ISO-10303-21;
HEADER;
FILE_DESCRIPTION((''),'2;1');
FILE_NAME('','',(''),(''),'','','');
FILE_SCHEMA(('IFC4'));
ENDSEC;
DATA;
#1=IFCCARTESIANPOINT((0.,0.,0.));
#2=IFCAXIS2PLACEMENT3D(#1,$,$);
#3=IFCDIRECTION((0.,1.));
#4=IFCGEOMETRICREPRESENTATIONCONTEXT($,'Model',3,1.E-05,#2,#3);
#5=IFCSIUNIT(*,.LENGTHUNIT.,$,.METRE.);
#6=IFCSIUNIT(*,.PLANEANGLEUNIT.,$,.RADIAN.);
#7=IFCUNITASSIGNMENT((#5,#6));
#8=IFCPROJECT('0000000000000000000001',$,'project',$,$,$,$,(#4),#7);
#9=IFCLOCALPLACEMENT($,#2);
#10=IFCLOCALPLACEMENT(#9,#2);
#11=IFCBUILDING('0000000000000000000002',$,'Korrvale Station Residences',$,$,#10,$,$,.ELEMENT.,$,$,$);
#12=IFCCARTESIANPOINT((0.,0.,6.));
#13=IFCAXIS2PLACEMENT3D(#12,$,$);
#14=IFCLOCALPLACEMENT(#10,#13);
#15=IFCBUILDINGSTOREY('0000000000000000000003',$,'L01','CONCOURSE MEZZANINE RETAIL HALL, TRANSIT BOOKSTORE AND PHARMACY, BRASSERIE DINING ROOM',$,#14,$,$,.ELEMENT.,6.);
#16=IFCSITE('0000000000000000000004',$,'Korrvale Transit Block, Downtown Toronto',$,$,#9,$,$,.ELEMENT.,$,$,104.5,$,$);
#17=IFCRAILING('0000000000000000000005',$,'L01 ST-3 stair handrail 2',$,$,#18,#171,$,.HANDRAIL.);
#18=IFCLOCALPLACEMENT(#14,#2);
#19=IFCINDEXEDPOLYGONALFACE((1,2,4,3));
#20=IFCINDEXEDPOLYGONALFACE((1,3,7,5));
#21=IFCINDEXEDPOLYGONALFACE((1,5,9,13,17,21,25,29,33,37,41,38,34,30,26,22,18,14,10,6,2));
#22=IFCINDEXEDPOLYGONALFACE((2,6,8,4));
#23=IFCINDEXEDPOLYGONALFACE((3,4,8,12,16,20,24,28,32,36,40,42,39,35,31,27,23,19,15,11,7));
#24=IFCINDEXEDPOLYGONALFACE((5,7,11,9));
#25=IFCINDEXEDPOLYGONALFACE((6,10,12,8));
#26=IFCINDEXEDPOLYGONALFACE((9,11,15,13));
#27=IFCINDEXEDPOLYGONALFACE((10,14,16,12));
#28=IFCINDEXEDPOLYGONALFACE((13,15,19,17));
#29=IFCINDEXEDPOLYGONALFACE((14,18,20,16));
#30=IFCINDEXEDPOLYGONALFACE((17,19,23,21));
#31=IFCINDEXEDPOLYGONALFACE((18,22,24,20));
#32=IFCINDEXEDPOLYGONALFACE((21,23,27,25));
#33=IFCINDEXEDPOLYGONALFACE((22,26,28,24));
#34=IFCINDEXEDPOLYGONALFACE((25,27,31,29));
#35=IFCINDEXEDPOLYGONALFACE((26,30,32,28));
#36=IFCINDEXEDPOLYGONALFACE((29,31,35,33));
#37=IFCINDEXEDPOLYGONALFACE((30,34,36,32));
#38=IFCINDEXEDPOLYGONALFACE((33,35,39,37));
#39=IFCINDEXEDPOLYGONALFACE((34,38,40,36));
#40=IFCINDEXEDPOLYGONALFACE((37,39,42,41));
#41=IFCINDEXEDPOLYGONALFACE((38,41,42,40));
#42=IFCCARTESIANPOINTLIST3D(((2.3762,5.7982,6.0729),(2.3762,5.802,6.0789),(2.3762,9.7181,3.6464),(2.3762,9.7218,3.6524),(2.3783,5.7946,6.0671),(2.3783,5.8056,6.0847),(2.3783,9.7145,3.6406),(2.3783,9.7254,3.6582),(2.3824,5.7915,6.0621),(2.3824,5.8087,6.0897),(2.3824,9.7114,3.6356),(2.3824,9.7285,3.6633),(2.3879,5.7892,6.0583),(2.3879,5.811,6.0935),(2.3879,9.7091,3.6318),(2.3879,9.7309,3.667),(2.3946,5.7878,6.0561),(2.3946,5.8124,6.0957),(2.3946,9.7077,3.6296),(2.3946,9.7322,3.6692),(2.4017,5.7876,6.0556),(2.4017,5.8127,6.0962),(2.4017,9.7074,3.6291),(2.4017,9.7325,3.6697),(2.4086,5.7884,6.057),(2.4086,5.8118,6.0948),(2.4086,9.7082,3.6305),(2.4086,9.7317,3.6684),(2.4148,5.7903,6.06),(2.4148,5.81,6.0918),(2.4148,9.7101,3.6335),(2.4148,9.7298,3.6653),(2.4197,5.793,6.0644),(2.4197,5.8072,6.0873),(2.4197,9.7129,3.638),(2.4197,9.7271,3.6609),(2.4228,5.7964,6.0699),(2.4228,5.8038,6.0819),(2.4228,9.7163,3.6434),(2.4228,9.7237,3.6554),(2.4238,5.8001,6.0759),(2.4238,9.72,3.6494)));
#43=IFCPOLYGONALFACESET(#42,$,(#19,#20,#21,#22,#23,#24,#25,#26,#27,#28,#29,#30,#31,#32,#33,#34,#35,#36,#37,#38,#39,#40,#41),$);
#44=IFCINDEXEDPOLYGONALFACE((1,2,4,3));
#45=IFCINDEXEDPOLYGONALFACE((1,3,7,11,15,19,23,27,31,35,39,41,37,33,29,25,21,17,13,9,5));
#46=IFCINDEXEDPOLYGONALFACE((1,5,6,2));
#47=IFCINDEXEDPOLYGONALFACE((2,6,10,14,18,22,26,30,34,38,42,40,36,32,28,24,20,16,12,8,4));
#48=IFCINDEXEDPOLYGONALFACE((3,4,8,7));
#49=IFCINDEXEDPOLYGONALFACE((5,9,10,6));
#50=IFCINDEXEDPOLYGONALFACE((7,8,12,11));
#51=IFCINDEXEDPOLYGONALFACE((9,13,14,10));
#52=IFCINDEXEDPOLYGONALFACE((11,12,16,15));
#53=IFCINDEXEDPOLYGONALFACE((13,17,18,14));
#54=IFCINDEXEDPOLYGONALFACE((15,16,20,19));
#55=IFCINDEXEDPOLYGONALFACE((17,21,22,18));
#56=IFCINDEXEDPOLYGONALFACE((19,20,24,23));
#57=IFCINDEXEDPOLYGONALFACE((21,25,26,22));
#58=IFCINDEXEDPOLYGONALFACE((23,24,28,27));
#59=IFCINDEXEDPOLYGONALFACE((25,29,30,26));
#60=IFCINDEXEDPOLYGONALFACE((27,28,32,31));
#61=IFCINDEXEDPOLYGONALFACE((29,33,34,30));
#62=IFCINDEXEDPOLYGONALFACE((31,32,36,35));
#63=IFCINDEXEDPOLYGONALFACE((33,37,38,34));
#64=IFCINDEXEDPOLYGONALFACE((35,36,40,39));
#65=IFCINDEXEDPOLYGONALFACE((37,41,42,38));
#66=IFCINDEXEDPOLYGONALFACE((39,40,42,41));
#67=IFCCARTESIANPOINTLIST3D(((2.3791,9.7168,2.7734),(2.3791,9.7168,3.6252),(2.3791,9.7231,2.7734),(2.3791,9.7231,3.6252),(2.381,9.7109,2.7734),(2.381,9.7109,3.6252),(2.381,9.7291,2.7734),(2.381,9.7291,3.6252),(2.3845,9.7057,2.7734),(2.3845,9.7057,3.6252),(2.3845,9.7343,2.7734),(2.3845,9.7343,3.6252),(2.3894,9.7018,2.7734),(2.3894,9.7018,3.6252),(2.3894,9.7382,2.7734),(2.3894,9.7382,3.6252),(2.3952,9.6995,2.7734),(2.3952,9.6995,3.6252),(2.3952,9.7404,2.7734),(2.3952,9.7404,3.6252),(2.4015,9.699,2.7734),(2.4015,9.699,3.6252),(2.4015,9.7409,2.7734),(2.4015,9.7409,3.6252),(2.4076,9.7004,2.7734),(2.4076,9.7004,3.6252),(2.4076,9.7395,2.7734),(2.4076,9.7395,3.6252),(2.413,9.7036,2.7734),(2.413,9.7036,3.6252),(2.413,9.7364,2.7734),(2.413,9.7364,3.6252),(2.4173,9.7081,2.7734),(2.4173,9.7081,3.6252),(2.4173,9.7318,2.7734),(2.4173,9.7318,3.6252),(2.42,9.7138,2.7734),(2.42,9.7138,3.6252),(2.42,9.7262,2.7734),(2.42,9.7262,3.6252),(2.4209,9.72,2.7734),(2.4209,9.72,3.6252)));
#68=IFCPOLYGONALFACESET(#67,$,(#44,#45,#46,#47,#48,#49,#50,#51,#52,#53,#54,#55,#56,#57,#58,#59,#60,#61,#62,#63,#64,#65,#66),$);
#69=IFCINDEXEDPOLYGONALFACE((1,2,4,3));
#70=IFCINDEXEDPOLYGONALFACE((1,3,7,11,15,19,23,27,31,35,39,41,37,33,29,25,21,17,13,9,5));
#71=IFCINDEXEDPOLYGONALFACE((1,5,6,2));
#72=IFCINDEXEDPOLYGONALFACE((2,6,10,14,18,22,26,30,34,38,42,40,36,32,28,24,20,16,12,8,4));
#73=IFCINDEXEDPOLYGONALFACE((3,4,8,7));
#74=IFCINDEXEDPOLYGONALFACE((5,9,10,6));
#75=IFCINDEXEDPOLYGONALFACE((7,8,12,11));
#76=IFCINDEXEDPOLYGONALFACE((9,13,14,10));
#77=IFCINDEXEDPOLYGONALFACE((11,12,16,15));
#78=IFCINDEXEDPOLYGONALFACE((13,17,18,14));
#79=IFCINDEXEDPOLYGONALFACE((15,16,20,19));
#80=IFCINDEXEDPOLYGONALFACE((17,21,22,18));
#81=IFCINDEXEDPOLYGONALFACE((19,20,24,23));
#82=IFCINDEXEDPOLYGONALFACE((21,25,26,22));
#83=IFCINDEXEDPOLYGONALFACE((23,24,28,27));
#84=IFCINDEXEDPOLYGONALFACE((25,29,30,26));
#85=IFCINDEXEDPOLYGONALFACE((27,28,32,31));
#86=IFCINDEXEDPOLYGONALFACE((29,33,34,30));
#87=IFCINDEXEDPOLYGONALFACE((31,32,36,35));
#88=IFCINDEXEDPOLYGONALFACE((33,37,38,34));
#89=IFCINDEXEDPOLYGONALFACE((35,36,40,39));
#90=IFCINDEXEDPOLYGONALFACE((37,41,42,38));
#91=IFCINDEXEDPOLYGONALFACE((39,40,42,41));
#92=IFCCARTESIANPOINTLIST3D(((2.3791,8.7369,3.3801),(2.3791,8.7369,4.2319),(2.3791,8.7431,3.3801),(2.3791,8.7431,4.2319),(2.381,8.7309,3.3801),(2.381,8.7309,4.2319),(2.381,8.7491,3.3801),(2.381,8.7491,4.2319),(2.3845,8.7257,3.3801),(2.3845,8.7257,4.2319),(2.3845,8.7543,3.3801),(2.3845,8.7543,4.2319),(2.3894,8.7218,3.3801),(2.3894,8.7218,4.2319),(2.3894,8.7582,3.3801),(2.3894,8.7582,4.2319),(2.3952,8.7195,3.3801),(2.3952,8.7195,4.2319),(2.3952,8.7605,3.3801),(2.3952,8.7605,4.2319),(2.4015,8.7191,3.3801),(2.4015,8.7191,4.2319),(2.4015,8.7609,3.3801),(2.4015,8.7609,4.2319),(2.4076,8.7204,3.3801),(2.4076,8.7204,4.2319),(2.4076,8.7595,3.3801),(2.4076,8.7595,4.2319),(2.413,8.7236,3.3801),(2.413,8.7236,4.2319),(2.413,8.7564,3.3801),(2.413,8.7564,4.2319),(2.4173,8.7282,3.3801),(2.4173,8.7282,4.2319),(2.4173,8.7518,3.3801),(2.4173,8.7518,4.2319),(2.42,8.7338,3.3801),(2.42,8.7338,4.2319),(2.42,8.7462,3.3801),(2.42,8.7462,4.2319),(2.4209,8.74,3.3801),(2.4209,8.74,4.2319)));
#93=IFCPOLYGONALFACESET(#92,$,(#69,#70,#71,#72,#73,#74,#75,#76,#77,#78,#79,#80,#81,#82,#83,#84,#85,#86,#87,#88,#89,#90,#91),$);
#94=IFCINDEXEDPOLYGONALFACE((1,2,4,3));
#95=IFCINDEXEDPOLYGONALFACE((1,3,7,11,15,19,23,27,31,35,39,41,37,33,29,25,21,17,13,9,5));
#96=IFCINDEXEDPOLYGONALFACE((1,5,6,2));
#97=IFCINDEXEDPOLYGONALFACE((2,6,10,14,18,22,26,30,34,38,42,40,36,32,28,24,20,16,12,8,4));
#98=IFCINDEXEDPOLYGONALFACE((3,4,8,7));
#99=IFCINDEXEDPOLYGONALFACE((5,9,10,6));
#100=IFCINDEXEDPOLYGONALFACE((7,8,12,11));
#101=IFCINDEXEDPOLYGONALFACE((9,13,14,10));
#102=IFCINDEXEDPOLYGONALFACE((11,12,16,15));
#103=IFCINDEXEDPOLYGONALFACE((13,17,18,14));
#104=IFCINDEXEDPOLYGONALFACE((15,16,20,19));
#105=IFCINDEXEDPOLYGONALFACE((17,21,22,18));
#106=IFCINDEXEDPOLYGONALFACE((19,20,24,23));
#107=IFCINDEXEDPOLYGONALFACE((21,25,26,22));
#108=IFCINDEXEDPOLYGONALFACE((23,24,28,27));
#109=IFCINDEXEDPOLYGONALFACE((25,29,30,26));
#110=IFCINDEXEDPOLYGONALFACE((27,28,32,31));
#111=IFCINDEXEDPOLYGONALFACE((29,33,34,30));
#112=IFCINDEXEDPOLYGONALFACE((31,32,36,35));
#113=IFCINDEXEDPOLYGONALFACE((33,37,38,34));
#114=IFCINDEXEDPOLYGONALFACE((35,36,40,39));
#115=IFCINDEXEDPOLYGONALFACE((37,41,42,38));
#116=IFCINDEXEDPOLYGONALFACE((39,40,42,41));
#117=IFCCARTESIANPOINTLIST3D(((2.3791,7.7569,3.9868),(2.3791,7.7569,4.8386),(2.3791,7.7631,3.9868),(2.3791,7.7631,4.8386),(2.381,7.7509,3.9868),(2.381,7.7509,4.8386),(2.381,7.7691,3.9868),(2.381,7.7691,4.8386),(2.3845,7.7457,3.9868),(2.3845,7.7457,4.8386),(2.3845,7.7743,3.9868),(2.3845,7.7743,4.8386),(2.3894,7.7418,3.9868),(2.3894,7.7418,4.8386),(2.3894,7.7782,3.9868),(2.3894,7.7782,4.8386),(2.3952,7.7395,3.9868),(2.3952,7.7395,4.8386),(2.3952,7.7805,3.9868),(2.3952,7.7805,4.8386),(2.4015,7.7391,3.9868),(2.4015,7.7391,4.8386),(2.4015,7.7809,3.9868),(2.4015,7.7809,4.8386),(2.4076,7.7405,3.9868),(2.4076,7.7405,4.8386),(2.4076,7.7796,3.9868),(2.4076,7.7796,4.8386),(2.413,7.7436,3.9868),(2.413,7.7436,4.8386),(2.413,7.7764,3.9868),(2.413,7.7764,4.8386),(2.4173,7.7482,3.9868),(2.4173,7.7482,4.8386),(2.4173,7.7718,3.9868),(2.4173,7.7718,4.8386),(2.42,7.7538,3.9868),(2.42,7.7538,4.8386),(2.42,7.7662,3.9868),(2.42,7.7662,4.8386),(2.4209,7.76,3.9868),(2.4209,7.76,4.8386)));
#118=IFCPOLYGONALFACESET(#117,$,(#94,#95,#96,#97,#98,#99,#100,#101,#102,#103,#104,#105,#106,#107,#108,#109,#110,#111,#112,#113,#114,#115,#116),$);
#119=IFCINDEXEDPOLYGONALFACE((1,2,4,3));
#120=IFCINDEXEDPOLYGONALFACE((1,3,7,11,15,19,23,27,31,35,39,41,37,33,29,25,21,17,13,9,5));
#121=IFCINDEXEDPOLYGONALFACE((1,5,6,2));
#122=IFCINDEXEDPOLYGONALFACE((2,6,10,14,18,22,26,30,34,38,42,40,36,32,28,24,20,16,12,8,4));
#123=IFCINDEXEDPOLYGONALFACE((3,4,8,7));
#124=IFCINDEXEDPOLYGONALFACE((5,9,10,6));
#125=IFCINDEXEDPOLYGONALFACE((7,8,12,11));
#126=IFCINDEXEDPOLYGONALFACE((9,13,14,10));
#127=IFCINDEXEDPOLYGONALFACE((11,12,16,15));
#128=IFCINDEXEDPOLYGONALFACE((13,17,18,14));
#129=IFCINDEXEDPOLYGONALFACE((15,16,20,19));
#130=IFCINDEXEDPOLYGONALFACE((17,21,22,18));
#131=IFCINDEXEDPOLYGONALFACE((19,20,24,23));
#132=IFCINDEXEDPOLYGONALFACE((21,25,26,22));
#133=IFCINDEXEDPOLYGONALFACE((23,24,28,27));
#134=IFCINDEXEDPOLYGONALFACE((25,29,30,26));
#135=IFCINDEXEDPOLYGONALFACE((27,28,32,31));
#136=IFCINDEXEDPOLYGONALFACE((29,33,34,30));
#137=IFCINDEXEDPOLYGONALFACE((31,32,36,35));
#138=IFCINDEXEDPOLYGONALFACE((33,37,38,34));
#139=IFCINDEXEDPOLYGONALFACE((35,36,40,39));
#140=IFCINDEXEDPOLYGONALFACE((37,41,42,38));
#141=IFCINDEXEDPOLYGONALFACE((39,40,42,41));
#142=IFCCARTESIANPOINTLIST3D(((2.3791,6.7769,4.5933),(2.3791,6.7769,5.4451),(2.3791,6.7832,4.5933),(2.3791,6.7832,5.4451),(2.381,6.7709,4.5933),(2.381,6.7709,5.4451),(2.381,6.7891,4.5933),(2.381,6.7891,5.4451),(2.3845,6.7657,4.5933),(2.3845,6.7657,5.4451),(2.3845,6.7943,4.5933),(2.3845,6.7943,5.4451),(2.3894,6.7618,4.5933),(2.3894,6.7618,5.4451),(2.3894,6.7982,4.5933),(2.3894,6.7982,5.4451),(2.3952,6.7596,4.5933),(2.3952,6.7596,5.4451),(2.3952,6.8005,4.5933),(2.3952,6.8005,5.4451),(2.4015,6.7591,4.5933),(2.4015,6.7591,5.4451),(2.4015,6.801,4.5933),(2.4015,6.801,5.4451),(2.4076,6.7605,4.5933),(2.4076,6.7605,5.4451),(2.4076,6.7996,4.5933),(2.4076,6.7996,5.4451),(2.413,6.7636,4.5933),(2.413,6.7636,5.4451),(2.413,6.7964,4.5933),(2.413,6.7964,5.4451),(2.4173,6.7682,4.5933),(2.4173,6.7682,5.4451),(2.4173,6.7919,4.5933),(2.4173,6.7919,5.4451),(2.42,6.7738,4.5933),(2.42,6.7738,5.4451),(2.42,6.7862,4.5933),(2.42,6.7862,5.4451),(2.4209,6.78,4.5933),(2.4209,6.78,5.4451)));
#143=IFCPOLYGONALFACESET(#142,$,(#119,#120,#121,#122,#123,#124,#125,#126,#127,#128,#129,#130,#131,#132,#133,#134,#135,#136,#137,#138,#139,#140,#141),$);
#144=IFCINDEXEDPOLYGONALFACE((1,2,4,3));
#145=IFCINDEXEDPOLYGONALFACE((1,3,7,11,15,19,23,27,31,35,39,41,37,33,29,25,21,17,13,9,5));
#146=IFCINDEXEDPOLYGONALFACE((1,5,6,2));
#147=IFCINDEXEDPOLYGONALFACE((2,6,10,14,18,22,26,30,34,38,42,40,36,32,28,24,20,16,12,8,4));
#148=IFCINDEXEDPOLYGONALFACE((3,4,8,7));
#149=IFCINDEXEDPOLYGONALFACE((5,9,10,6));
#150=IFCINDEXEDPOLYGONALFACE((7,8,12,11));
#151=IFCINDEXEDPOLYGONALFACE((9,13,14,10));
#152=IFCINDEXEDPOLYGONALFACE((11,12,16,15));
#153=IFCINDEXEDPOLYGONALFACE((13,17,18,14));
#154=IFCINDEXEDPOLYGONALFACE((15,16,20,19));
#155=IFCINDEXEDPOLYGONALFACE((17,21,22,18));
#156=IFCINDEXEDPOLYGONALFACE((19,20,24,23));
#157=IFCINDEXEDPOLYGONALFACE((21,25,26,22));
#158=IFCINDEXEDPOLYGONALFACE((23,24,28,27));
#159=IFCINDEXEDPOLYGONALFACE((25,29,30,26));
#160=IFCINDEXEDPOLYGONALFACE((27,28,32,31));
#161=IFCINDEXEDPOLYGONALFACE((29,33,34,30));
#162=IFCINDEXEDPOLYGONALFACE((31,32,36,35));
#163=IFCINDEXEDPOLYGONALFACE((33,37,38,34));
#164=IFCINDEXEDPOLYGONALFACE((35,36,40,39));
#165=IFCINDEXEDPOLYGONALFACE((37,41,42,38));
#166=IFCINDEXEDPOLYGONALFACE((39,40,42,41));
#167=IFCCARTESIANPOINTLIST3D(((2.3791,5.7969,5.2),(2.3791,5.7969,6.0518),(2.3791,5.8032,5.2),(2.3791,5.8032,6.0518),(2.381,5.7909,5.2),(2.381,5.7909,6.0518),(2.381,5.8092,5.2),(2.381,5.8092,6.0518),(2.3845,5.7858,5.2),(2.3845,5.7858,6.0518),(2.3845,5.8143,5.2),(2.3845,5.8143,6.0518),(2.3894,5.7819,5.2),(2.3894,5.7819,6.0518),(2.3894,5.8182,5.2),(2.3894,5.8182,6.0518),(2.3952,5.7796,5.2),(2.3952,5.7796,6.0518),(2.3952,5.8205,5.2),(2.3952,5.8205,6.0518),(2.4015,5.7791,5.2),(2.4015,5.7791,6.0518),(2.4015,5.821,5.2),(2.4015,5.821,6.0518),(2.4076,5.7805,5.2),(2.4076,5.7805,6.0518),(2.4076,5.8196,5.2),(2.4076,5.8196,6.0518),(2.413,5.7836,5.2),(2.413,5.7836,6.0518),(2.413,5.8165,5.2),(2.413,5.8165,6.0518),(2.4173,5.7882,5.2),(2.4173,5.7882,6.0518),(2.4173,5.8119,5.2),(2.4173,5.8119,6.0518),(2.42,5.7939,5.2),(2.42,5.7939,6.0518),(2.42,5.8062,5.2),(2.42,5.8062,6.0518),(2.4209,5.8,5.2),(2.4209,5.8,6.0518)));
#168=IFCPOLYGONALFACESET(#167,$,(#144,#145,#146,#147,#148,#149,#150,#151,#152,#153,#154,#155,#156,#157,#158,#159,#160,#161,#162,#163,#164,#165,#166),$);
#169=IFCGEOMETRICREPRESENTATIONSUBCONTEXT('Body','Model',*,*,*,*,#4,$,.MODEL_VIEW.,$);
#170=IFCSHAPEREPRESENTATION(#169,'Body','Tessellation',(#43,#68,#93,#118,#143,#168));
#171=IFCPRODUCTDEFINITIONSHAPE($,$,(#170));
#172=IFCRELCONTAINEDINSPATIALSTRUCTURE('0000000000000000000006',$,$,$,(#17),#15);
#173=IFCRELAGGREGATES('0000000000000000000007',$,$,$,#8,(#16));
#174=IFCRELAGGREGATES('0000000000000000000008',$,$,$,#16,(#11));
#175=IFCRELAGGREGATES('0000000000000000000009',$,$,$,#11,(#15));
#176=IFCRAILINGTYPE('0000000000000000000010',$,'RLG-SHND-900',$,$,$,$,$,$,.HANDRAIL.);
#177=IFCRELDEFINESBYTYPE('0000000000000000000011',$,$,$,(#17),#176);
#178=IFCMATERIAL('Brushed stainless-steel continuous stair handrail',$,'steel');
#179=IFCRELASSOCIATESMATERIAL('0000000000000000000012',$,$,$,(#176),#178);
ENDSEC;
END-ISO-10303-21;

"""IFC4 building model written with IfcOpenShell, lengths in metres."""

from ifc_helpers import new_model, si_unit, direction, frame, origin, origin_2d, place, context, subcontext, project, spatial, circle, extrude, material, type_object, element, save


model = new_model("IFC4")

# Units and contexts
model_context = context("Model", 3, precision=1e-05, world=origin(), true_north=direction((0.0, 1.0)))
body_context = subcontext(model_context, "Body", "Model", "MODEL_VIEW")
ifc_project = project(units=[si_unit("LENGTHUNIT", "METRE"), si_unit("PLANEANGLEUNIT", "RADIAN")], contexts=[model_context])

# Site, building, storey
site_placement = place(None, origin())
site = spatial("IfcSite", under=ifc_project, at=site_placement, Name="Korrvale Transit Block, Downtown Toronto", CompositionType="ELEMENT", RefElevation=104.5)
building_placement = place(site_placement, origin())
building = spatial("IfcBuilding", under=site, at=building_placement, Name="Korrvale Station Residences", CompositionType="ELEMENT")
storey_placement = place(building_placement, frame((0.0, 0.0, 6.0)))
storey = spatial("IfcBuildingStorey", under=building, at=storey_placement, Name="L01", Description="CONCOURSE MEZZANINE RETAIL HALL, TRANSIT BOOKSTORE AND PHARMACY, BRASSERIE DINING ROOM", CompositionType="ELEMENT", Elevation=6.0)

# Railing
ifc_material_1 = material(Name="Brushed stainless-steel continuous stair handrail", Category="steel")
railing_type_1 = type_object("IfcRailingType", Name="RLG-SHND-900", PredefinedType="HANDRAIL", material=ifc_material_1)
railing_1_placement = place(storey_placement, frame((2.3999, 9.72, 2.7734)))
element("IfcRailing", 1, at=railing_1_placement, inside=storey, type_object=railing_type_1, Name="L01 ST-3 stair handrail 2", PredefinedType="HANDRAIL", context=body_context, shape_type="SweptSolid", body=[
    extrude(circle(Radius=0.0239, at=origin_2d()), frame((0.0, 0.0, 0.876), z_axis=(0.0, -0.850275, 0.526338), x_axis=(1.0, 0.0, 0.0)), (0.0, 0.0, 1.0), 4.6101),
    extrude(circle(Radius=0.021, at=origin_2d()), origin(), (0.0, 0.0, 1.0), 0.8518),
    extrude(circle(Radius=0.021, at=origin_2d()), frame((0.0, -0.98, 0.6067)), (0.0, 0.0, 1.0), 0.8518),
    extrude(circle(Radius=0.021, at=origin_2d()), frame((0.0, -1.96, 1.2134)), (0.0, 0.0, 1.0), 0.8518),
    extrude(circle(Radius=0.021, at=origin_2d()), frame((0.0, -2.9399, 1.8198)), (0.0, 0.0, 1.0), 0.8518),
    extrude(circle(Radius=0.021, at=origin_2d()), frame((0.0, -3.9199, 2.4265)), (0.0, 0.0, 1.0), 0.8518),
])

save(model, "model.ifc")
